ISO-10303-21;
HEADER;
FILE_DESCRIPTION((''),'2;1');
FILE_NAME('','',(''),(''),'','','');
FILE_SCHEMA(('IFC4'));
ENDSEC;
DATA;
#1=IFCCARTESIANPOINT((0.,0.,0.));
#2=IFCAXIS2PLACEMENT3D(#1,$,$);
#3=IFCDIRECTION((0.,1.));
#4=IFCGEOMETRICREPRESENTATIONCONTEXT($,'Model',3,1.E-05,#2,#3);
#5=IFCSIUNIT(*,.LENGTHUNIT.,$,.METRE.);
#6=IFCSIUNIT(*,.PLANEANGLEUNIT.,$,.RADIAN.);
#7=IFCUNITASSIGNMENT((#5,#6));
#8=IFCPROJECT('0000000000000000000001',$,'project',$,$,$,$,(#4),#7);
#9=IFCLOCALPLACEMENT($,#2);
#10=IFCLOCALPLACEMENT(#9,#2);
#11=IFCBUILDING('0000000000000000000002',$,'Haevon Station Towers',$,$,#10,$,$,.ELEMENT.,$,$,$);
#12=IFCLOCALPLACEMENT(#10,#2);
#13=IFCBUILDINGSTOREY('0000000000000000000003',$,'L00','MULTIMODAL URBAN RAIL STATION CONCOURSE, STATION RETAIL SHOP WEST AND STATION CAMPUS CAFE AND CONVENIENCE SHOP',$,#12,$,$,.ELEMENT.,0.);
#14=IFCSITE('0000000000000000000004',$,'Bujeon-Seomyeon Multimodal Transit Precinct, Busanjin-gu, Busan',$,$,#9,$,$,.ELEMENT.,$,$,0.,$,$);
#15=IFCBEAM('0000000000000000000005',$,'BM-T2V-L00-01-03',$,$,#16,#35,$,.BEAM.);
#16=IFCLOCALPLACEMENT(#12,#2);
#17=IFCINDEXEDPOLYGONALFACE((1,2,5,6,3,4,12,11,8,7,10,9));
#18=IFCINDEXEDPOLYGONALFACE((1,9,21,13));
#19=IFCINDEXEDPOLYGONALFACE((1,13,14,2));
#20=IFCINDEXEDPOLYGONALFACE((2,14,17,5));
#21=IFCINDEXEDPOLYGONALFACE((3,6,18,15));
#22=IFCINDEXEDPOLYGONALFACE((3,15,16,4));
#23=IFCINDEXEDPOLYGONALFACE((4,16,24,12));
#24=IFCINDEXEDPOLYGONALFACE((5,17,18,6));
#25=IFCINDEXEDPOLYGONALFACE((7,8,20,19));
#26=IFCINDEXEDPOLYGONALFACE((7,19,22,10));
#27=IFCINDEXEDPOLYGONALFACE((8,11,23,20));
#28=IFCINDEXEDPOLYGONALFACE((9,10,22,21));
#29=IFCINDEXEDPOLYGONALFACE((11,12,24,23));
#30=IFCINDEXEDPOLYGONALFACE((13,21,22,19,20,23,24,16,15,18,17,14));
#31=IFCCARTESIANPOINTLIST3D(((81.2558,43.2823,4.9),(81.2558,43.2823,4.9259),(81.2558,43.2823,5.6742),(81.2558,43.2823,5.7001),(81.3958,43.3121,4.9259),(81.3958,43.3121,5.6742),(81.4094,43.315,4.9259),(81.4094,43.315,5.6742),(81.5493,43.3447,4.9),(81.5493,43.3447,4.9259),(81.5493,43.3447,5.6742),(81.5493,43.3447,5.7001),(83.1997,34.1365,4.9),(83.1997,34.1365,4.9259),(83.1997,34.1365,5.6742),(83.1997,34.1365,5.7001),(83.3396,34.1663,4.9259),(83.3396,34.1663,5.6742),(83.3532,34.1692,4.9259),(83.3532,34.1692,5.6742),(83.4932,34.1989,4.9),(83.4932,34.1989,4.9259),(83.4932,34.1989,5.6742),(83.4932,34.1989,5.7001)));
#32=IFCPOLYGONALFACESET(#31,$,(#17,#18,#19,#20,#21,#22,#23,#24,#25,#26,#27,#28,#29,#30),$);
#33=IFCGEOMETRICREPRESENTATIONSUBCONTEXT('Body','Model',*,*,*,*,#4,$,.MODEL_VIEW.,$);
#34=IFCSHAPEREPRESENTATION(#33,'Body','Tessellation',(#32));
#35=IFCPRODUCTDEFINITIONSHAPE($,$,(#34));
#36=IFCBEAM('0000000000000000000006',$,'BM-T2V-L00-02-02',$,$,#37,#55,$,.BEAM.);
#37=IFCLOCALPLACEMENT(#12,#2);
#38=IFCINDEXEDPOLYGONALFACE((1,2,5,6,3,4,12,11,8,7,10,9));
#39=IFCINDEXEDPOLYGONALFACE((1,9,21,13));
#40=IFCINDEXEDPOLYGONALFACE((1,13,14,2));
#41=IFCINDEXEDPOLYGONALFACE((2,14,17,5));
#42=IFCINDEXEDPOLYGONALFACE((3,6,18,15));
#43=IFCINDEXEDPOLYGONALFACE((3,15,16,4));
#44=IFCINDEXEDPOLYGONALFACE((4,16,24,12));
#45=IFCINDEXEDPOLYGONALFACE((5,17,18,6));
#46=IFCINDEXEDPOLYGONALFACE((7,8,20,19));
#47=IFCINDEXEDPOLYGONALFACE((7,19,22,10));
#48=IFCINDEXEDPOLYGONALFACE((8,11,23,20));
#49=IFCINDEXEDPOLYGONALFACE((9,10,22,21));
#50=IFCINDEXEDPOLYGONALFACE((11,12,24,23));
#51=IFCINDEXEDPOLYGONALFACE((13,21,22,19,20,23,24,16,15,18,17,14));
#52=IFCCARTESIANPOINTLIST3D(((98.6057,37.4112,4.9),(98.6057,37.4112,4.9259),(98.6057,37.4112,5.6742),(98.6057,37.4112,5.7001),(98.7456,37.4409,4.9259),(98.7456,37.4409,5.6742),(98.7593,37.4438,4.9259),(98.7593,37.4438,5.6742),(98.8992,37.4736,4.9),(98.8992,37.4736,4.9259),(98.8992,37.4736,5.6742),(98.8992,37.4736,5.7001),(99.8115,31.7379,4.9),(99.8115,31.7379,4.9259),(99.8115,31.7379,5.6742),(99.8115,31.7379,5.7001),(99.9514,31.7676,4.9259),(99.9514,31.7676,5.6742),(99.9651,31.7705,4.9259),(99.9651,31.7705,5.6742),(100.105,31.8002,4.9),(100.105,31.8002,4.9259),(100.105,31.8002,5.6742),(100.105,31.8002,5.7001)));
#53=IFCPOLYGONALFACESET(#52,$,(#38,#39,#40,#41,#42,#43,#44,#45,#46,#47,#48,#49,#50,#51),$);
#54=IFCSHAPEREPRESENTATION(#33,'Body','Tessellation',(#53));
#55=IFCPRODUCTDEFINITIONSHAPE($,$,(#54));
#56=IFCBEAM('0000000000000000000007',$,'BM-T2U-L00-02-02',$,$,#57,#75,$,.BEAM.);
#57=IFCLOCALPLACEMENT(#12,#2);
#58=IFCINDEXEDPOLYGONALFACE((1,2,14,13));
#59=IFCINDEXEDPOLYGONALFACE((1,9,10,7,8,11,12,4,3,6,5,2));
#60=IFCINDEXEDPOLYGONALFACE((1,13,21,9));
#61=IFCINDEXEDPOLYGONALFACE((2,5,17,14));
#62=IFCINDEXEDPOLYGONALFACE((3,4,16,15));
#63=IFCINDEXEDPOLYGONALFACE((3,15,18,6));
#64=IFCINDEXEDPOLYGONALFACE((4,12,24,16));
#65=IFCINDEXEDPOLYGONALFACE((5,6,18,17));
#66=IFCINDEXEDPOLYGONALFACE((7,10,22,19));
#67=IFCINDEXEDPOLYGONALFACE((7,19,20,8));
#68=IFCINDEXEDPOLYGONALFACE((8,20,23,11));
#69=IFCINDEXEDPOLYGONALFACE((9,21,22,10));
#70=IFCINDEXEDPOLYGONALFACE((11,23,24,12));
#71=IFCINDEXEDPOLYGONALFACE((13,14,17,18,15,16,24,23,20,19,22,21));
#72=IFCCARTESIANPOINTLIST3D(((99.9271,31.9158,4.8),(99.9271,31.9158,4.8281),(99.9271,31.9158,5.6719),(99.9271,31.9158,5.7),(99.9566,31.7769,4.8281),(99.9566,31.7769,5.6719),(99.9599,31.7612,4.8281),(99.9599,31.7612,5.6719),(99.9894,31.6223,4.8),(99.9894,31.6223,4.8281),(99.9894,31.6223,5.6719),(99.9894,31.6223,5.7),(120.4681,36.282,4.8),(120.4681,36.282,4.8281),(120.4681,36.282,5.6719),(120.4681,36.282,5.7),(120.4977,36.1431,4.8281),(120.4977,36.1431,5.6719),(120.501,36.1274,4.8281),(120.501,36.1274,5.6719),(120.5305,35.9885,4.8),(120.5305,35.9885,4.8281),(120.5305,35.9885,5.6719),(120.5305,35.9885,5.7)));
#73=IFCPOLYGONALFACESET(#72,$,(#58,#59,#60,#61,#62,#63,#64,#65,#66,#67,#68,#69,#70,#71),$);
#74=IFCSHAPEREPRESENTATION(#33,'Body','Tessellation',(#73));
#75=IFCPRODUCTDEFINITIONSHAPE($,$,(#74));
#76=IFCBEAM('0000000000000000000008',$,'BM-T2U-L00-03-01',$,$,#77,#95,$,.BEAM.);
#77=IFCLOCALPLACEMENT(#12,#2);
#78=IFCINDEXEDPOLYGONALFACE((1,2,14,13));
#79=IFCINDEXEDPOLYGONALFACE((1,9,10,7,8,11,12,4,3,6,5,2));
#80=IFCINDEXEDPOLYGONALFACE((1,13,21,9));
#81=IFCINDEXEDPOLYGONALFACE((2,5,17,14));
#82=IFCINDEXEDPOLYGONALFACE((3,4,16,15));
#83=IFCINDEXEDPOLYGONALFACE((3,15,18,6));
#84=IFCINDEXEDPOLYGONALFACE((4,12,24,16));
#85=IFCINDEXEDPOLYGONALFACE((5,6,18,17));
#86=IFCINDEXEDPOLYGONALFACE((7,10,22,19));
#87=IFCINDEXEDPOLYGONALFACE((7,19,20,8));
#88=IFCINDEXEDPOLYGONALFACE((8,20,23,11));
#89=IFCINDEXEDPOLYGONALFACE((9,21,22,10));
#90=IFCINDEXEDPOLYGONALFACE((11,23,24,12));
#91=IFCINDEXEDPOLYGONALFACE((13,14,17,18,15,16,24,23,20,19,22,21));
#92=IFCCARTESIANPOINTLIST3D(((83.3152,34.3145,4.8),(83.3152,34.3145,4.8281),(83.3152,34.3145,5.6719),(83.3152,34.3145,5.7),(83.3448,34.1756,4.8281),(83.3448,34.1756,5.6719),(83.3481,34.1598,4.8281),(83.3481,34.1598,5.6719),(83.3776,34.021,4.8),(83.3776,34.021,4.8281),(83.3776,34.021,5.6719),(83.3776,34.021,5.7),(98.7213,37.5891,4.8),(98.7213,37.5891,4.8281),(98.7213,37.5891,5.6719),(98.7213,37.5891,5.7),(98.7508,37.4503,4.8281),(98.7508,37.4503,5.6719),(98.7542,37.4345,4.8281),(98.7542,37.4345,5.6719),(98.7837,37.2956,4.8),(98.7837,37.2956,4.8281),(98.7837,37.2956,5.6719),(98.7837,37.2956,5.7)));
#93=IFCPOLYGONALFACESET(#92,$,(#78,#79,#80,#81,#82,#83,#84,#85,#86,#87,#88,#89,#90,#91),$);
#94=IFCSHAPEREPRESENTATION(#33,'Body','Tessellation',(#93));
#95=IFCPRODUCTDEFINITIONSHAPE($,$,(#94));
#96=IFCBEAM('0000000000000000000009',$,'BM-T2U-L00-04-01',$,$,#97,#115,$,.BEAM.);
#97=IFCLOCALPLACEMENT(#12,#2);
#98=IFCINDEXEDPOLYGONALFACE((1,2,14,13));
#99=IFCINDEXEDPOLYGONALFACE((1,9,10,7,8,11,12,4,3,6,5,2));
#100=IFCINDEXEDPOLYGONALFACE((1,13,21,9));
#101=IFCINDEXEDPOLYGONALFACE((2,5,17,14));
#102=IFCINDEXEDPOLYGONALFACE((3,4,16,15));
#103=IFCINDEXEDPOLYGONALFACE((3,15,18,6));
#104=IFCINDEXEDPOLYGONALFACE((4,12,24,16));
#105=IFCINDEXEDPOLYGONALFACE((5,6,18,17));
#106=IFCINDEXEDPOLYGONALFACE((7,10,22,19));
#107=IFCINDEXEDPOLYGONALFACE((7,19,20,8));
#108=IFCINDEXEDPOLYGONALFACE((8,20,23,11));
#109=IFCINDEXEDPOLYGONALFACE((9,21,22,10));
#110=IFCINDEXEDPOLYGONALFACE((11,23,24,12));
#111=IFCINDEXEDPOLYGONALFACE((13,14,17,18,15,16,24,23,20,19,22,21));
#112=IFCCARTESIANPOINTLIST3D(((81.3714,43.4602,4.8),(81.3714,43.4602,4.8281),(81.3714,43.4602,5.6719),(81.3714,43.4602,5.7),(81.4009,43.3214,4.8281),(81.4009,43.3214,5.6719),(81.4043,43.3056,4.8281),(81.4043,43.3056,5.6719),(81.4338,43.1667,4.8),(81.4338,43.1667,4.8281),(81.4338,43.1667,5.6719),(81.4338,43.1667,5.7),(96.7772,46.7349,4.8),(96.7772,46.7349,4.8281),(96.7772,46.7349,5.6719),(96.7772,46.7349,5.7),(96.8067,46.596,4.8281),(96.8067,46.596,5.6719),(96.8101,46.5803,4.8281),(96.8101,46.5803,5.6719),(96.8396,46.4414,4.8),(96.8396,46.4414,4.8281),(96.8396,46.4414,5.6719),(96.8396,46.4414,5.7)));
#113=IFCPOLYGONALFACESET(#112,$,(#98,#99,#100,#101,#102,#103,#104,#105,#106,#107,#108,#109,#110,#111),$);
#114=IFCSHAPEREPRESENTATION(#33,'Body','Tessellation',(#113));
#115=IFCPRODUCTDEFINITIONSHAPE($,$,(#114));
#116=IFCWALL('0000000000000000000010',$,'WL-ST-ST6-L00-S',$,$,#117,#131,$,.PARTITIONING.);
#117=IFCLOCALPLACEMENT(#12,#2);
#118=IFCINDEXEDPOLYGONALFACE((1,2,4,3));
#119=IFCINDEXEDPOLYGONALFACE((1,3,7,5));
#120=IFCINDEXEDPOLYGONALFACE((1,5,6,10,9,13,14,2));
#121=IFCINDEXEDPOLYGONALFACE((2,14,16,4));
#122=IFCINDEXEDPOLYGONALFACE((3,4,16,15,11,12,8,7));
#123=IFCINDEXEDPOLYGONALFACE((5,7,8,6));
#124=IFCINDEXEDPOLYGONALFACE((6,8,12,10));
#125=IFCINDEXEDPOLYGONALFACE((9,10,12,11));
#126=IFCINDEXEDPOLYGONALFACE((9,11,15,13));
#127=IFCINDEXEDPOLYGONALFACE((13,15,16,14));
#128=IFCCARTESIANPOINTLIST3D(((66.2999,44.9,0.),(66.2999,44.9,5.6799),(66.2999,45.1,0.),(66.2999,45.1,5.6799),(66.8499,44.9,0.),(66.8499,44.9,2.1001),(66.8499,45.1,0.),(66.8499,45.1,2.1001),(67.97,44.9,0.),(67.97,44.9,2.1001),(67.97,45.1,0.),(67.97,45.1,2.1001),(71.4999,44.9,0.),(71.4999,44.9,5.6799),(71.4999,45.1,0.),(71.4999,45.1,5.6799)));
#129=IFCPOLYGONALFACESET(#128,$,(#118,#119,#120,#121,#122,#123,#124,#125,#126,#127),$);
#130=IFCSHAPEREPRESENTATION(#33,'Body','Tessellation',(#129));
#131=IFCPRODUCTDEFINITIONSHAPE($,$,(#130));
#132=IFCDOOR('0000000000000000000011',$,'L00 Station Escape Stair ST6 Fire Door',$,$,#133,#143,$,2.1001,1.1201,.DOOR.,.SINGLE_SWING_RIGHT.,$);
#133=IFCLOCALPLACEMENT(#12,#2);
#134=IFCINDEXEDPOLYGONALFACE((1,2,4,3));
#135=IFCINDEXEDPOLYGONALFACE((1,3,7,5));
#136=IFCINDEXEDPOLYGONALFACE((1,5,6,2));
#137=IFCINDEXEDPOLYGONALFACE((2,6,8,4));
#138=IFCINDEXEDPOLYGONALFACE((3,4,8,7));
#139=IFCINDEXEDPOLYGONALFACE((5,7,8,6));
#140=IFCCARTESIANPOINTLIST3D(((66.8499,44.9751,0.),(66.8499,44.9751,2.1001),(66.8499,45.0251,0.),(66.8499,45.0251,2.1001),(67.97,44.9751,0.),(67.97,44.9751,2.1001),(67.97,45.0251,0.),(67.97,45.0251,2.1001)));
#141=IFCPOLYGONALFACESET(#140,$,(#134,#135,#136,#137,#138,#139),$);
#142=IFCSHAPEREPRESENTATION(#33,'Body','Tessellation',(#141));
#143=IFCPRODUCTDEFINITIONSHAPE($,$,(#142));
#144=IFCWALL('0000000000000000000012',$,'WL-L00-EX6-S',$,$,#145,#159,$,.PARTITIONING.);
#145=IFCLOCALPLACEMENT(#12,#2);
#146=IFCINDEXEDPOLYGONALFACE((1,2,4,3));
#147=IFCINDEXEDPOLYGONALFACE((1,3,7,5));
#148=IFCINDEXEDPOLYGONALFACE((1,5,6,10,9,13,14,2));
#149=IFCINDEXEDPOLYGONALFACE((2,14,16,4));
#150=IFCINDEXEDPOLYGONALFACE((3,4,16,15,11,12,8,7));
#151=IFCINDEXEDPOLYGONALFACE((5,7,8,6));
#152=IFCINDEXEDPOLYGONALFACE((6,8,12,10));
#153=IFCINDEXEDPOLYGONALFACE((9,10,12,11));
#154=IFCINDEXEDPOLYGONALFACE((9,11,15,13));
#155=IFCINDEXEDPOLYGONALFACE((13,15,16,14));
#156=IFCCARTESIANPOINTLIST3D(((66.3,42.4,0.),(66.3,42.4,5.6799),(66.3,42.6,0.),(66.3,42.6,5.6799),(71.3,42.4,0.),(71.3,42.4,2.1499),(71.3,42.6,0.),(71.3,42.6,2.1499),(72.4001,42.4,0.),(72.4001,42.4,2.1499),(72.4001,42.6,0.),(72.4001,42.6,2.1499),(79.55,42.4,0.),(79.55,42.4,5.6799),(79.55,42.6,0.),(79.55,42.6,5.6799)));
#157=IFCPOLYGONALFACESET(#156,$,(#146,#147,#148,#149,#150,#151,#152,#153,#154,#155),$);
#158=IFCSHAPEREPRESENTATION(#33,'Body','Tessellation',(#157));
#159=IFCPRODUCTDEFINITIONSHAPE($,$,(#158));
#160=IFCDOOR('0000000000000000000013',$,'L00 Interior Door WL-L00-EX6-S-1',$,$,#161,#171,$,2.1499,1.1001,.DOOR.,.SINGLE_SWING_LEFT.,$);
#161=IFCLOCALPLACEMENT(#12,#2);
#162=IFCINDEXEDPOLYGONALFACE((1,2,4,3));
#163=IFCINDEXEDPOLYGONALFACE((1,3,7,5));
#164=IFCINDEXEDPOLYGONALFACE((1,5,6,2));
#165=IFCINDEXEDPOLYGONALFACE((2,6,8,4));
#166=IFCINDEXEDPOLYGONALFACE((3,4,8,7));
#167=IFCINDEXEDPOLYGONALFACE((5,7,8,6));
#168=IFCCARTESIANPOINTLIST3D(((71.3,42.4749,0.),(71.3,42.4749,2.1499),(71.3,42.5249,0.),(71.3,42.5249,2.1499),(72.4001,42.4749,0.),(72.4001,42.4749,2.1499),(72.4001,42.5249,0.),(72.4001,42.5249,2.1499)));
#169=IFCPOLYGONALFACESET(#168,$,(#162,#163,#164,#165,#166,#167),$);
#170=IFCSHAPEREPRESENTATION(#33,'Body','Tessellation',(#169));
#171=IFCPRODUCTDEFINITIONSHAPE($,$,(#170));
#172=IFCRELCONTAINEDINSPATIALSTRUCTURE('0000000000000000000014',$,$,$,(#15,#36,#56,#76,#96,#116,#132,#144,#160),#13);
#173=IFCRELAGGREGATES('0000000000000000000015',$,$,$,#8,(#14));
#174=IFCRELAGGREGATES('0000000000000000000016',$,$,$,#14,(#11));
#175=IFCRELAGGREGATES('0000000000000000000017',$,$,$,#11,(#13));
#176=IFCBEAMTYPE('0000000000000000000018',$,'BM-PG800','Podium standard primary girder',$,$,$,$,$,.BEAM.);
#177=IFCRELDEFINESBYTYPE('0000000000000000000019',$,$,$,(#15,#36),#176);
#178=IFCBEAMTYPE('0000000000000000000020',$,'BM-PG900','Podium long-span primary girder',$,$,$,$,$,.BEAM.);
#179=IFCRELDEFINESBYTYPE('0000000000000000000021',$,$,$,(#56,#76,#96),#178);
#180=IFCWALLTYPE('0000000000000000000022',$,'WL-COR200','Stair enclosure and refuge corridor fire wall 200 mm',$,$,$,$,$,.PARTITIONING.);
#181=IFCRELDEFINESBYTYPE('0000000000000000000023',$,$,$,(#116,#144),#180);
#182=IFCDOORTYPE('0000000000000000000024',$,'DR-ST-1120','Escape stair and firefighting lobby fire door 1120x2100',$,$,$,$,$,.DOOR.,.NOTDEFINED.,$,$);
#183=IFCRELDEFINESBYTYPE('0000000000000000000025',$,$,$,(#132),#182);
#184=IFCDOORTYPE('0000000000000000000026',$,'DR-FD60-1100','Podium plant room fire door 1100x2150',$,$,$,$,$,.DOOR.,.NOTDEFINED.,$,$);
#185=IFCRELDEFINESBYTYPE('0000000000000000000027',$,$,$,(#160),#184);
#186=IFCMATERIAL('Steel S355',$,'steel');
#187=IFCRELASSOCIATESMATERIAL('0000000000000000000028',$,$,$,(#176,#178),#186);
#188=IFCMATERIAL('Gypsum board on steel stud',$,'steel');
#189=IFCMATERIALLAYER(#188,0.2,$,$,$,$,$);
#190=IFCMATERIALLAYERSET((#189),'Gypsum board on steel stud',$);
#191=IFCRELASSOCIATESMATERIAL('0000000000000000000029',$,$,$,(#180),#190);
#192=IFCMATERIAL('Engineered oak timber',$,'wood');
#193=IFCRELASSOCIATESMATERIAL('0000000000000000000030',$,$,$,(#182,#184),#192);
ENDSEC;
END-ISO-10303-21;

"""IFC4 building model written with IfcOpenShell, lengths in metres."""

from ifc_helpers import new_model, si_unit, direction, frame, frame_2d, origin, origin_2d, place, context, subcontext, project, spatial, rectangle, i_section, extrude, material, layer, layer_set, material_profile, profile_set, type_object, element, fill, save


model = new_model("IFC4")

# Units and contexts
model_context = context("Model", 3, precision=1e-05, world=origin(), true_north=direction((0.0, 1.0)))
body_context = subcontext(model_context, "Body", "Model", "MODEL_VIEW")
ifc_project = project(units=[si_unit("LENGTHUNIT", "METRE"), si_unit("PLANEANGLEUNIT", "RADIAN")], contexts=[model_context])

# Site, building, storey
site_placement = place(None, origin())
site = spatial("IfcSite", under=ifc_project, at=site_placement, Name="Bujeon-Seomyeon Multimodal Transit Precinct, Busanjin-gu, Busan", CompositionType="ELEMENT", RefElevation=0.0)
building_placement = place(site_placement, origin())
building = spatial("IfcBuilding", under=site, at=building_placement, Name="Haevon Station Towers", CompositionType="ELEMENT")
storey_placement = place(building_placement, origin())
storey = spatial("IfcBuildingStorey", under=building, at=storey_placement, Name="L00", Description="MULTIMODAL URBAN RAIL STATION CONCOURSE, STATION RETAIL SHOP WEST AND STATION CAMPUS CAFE AND CONVENIENCE SHOP", CompositionType="ELEMENT", Elevation=0.0)

# Beams
ifc_material_1 = material(Name="Steel S355", Category="steel")
ifc_material_profile_1 = material_profile(ifc_material_1, i_section(OverallWidth=0.3, OverallDepth=0.8, WebThickness=0.0139, FlangeThickness=0.0259, at=origin_2d()), Name="H-800x300x14x26")
ifc_profile_set_1 = profile_set([ifc_material_profile_1], Name="Steel S355")
beam_type_1 = type_object("IfcBeamType", Name="BM-PG800", Description="Podium standard primary girder", PredefinedType="BEAM", material=ifc_profile_set_1)
beam_1_placement = place(storey_placement, frame((83.3464, 34.1677, 5.3), z_axis=(-0.207897, 0.978151, 0.0), x_axis=(-0.978151, -0.207897, 0.0)))
element("IfcBeam", 1, at=beam_1_placement, inside=storey, type_object=beam_type_1, Name="BM-T2V-L00-01-03", PredefinedType="BEAM", context=body_context, shape_type="SweptSolid", body=[
    extrude(i_section(OverallWidth=0.3, OverallDepth=0.8, WebThickness=0.0139, FlangeThickness=0.0259, at=origin_2d()), origin(), (0.0, 0.0, 1.0), 9.3501),
])
beam_2_placement = place(storey_placement, frame((99.9583, 31.769, 5.3), z_axis=(-0.207896, 0.978151, 0.0), x_axis=(-0.978151, -0.207896, 0.0)))
element("IfcBeam", 2, at=beam_2_placement, inside=storey, type_object=beam_type_1, Name="BM-T2V-L00-02-02", PredefinedType="BEAM", context=body_context, shape_type="SweptSolid", body=[
    extrude(i_section(OverallWidth=0.3, OverallDepth=0.8, WebThickness=0.0139, FlangeThickness=0.0259, at=origin_2d()), origin(), (0.0, 0.0, 1.0), 5.8),
])
ifc_material_profile_2 = material_profile(ifc_material_1, i_section(OverallWidth=0.3, OverallDepth=0.8999, WebThickness=0.0161, FlangeThickness=0.0281, at=origin_2d()), Name="H-900x300x16x28")
ifc_profile_set_2 = profile_set([ifc_material_profile_2], Name="Steel S355")
beam_type_2 = type_object("IfcBeamType", Name="BM-PG900", Description="Podium long-span primary girder", PredefinedType="BEAM", material=ifc_profile_set_2)
beam_3_placement = place(storey_placement, frame((99.9583, 31.769, 5.25), z_axis=(0.978147, 0.207915, 0.0), x_axis=(-0.207915, 0.978147, 0.0)))
element("IfcBeam", 3, at=beam_3_placement, inside=storey, type_object=beam_type_2, Name="BM-T2U-L00-02-02", PredefinedType="BEAM", context=body_context, shape_type="SweptSolid", body=[
    extrude(i_section(OverallWidth=0.3, OverallDepth=0.8999, WebThickness=0.0161, FlangeThickness=0.0281, at=origin_2d()), origin(), (0.0, 0.0, 1.0), 21.0),
])
beam_4_placement = place(storey_placement, frame((83.3464, 34.1677, 5.25), z_axis=(0.978147, 0.207912, 0.0), x_axis=(-0.207912, 0.978147, 0.0)))
element("IfcBeam", 4, at=beam_4_placement, inside=storey, type_object=beam_type_2, Name="BM-T2U-L00-03-01", PredefinedType="BEAM", context=body_context, shape_type="SweptSolid", body=[
    extrude(i_section(OverallWidth=0.3, OverallDepth=0.8999, WebThickness=0.0161, FlangeThickness=0.0281, at=origin_2d()), origin(), (0.0, 0.0, 1.0), 15.7502),
])
beam_5_placement = place(storey_placement, frame((81.4026, 43.3135, 5.25), z_axis=(0.978147, 0.207915, 0.0), x_axis=(-0.207915, 0.978147, 0.0)))
element("IfcBeam", 5, at=beam_5_placement, inside=storey, type_object=beam_type_2, Name="BM-T2U-L00-04-01", PredefinedType="BEAM", context=body_context, shape_type="SweptSolid", body=[
    extrude(i_section(OverallWidth=0.3, OverallDepth=0.8999, WebThickness=0.0161, FlangeThickness=0.0281, at=origin_2d()), origin(), (0.0, 0.0, 1.0), 15.75),
])

# Walls, openings, doors
ifc_material_2 = material(Name="Gypsum board on steel stud", Category="steel")
ifc_layer_1 = layer(ifc_material_2, 0.2)
ifc_layer_set_1 = layer_set([ifc_layer_1], Name="Gypsum board on steel stud")
wall_type_1 = type_object("IfcWallType", Name="WL-COR200", Description="Stair enclosure and refuge corridor fire wall 200 mm", PredefinedType="PARTITIONING", material=ifc_layer_set_1)
wall_1_placement = place(storey_placement, frame((71.5, 45.0, 0.0), z_axis=(0.0, 0.0, 1.0), x_axis=(-1.0, 0.0, 0.0)))
wall_1 = element("IfcWall", 6, at=wall_1_placement, inside=storey, type_object=wall_type_1, Name="WL-ST-ST6-L00-S", PredefinedType="PARTITIONING", context=body_context, shape_type="SweptSolid", body=[
    extrude(rectangle(XDim=5.2, YDim=0.2, at=frame_2d((2.6001, 0.0))), origin(), (0.0, 0.0, 1.0), 5.6799),
])
opening_1_placement = place(wall_1_placement, frame((3.53, 0.0, 0.0)))
opening_1 = element("IfcOpeningElement", 7, at=opening_1_placement, cuts=wall_1, PredefinedType="OPENING", context=body_context, shape_type="SweptSolid", body=[
    extrude(rectangle(XDim=1.1201, YDim=2.1001, at=frame_2d((0.5601, 1.05))), frame((0.0, 0.1099, 0.0), z_axis=(0.0, -1.0, 0.0), x_axis=(1.0, 0.0, 0.0)), (0.0, 0.0, 1.0), 0.22),
])
ifc_material_3 = material(Name="Engineered oak timber", Category="wood")
door_type_1 = type_object("IfcDoorType", Name="DR-ST-1120", Description="Escape stair and firefighting lobby fire door 1120x2100", OperationType="NOTDEFINED", PredefinedType="DOOR", material=ifc_material_3)
door_1_placement = place(opening_1_placement, origin())
door_1 = element("IfcDoor", 8, at=door_1_placement, inside=storey, type_object=door_type_1, Name="L00 Station Escape Stair ST6 Fire Door", OperationType="SINGLE_SWING_RIGHT", OverallHeight=2.1001, OverallWidth=1.1201, PredefinedType="DOOR", context=body_context, shape_type="SweptSolid", body=[
    extrude(rectangle(XDim=1.1201, YDim=2.1001, at=frame_2d((0.5601, 1.05))), frame((0.0, 0.0249, 0.0), z_axis=(0.0, -1.0, 0.0), x_axis=(1.0, 0.0, 0.0)), (0.0, 0.0, 1.0), 0.05),
])
fill(opening_1, door_1)
wall_2_placement = place(storey_placement, frame((66.3, 42.5, 0.0), z_axis=(0.0, 0.0, 1.0), x_axis=(1.0, 0.0, 0.0)))
wall_2 = element("IfcWall", 9, at=wall_2_placement, inside=storey, type_object=wall_type_1, Name="WL-L00-EX6-S", PredefinedType="PARTITIONING", context=body_context, shape_type="SweptSolid", body=[
    extrude(rectangle(XDim=13.25, YDim=0.2, at=frame_2d((6.625, 0.0))), origin(), (0.0, 0.0, 1.0), 5.6799),
])
opening_2_placement = place(wall_2_placement, frame((5.0, 0.0, 0.0)))
opening_2 = element("IfcOpeningElement", 10, at=opening_2_placement, cuts=wall_2, PredefinedType="OPENING", context=body_context, shape_type="SweptSolid", body=[
    extrude(rectangle(XDim=1.1001, YDim=2.1499, at=frame_2d((0.55, 1.075))), frame((0.0, 0.1099, 0.0), z_axis=(0.0, -1.0, 0.0), x_axis=(1.0, 0.0, 0.0)), (0.0, 0.0, 1.0), 0.22),
])
door_type_2 = type_object("IfcDoorType", Name="DR-FD60-1100", Description="Podium plant room fire door 1100x2150", OperationType="NOTDEFINED", PredefinedType="DOOR", material=ifc_material_3)
door_2_placement = place(opening_2_placement, origin())
door_2 = element("IfcDoor", 11, at=door_2_placement, inside=storey, type_object=door_type_2, Name="L00 Interior Door WL-L00-EX6-S-1", OperationType="SINGLE_SWING_LEFT", OverallHeight=2.1499, OverallWidth=1.1001, PredefinedType="DOOR", context=body_context, shape_type="SweptSolid", body=[
    extrude(rectangle(XDim=1.1001, YDim=2.1499, at=frame_2d((0.55, 1.075))), frame((0.0, 0.0249, 0.0), z_axis=(0.0, -1.0, 0.0), x_axis=(1.0, 0.0, 0.0)), (0.0, 0.0, 1.0), 0.05),
])
fill(opening_2, door_2)

save(model, "model.ifc")
